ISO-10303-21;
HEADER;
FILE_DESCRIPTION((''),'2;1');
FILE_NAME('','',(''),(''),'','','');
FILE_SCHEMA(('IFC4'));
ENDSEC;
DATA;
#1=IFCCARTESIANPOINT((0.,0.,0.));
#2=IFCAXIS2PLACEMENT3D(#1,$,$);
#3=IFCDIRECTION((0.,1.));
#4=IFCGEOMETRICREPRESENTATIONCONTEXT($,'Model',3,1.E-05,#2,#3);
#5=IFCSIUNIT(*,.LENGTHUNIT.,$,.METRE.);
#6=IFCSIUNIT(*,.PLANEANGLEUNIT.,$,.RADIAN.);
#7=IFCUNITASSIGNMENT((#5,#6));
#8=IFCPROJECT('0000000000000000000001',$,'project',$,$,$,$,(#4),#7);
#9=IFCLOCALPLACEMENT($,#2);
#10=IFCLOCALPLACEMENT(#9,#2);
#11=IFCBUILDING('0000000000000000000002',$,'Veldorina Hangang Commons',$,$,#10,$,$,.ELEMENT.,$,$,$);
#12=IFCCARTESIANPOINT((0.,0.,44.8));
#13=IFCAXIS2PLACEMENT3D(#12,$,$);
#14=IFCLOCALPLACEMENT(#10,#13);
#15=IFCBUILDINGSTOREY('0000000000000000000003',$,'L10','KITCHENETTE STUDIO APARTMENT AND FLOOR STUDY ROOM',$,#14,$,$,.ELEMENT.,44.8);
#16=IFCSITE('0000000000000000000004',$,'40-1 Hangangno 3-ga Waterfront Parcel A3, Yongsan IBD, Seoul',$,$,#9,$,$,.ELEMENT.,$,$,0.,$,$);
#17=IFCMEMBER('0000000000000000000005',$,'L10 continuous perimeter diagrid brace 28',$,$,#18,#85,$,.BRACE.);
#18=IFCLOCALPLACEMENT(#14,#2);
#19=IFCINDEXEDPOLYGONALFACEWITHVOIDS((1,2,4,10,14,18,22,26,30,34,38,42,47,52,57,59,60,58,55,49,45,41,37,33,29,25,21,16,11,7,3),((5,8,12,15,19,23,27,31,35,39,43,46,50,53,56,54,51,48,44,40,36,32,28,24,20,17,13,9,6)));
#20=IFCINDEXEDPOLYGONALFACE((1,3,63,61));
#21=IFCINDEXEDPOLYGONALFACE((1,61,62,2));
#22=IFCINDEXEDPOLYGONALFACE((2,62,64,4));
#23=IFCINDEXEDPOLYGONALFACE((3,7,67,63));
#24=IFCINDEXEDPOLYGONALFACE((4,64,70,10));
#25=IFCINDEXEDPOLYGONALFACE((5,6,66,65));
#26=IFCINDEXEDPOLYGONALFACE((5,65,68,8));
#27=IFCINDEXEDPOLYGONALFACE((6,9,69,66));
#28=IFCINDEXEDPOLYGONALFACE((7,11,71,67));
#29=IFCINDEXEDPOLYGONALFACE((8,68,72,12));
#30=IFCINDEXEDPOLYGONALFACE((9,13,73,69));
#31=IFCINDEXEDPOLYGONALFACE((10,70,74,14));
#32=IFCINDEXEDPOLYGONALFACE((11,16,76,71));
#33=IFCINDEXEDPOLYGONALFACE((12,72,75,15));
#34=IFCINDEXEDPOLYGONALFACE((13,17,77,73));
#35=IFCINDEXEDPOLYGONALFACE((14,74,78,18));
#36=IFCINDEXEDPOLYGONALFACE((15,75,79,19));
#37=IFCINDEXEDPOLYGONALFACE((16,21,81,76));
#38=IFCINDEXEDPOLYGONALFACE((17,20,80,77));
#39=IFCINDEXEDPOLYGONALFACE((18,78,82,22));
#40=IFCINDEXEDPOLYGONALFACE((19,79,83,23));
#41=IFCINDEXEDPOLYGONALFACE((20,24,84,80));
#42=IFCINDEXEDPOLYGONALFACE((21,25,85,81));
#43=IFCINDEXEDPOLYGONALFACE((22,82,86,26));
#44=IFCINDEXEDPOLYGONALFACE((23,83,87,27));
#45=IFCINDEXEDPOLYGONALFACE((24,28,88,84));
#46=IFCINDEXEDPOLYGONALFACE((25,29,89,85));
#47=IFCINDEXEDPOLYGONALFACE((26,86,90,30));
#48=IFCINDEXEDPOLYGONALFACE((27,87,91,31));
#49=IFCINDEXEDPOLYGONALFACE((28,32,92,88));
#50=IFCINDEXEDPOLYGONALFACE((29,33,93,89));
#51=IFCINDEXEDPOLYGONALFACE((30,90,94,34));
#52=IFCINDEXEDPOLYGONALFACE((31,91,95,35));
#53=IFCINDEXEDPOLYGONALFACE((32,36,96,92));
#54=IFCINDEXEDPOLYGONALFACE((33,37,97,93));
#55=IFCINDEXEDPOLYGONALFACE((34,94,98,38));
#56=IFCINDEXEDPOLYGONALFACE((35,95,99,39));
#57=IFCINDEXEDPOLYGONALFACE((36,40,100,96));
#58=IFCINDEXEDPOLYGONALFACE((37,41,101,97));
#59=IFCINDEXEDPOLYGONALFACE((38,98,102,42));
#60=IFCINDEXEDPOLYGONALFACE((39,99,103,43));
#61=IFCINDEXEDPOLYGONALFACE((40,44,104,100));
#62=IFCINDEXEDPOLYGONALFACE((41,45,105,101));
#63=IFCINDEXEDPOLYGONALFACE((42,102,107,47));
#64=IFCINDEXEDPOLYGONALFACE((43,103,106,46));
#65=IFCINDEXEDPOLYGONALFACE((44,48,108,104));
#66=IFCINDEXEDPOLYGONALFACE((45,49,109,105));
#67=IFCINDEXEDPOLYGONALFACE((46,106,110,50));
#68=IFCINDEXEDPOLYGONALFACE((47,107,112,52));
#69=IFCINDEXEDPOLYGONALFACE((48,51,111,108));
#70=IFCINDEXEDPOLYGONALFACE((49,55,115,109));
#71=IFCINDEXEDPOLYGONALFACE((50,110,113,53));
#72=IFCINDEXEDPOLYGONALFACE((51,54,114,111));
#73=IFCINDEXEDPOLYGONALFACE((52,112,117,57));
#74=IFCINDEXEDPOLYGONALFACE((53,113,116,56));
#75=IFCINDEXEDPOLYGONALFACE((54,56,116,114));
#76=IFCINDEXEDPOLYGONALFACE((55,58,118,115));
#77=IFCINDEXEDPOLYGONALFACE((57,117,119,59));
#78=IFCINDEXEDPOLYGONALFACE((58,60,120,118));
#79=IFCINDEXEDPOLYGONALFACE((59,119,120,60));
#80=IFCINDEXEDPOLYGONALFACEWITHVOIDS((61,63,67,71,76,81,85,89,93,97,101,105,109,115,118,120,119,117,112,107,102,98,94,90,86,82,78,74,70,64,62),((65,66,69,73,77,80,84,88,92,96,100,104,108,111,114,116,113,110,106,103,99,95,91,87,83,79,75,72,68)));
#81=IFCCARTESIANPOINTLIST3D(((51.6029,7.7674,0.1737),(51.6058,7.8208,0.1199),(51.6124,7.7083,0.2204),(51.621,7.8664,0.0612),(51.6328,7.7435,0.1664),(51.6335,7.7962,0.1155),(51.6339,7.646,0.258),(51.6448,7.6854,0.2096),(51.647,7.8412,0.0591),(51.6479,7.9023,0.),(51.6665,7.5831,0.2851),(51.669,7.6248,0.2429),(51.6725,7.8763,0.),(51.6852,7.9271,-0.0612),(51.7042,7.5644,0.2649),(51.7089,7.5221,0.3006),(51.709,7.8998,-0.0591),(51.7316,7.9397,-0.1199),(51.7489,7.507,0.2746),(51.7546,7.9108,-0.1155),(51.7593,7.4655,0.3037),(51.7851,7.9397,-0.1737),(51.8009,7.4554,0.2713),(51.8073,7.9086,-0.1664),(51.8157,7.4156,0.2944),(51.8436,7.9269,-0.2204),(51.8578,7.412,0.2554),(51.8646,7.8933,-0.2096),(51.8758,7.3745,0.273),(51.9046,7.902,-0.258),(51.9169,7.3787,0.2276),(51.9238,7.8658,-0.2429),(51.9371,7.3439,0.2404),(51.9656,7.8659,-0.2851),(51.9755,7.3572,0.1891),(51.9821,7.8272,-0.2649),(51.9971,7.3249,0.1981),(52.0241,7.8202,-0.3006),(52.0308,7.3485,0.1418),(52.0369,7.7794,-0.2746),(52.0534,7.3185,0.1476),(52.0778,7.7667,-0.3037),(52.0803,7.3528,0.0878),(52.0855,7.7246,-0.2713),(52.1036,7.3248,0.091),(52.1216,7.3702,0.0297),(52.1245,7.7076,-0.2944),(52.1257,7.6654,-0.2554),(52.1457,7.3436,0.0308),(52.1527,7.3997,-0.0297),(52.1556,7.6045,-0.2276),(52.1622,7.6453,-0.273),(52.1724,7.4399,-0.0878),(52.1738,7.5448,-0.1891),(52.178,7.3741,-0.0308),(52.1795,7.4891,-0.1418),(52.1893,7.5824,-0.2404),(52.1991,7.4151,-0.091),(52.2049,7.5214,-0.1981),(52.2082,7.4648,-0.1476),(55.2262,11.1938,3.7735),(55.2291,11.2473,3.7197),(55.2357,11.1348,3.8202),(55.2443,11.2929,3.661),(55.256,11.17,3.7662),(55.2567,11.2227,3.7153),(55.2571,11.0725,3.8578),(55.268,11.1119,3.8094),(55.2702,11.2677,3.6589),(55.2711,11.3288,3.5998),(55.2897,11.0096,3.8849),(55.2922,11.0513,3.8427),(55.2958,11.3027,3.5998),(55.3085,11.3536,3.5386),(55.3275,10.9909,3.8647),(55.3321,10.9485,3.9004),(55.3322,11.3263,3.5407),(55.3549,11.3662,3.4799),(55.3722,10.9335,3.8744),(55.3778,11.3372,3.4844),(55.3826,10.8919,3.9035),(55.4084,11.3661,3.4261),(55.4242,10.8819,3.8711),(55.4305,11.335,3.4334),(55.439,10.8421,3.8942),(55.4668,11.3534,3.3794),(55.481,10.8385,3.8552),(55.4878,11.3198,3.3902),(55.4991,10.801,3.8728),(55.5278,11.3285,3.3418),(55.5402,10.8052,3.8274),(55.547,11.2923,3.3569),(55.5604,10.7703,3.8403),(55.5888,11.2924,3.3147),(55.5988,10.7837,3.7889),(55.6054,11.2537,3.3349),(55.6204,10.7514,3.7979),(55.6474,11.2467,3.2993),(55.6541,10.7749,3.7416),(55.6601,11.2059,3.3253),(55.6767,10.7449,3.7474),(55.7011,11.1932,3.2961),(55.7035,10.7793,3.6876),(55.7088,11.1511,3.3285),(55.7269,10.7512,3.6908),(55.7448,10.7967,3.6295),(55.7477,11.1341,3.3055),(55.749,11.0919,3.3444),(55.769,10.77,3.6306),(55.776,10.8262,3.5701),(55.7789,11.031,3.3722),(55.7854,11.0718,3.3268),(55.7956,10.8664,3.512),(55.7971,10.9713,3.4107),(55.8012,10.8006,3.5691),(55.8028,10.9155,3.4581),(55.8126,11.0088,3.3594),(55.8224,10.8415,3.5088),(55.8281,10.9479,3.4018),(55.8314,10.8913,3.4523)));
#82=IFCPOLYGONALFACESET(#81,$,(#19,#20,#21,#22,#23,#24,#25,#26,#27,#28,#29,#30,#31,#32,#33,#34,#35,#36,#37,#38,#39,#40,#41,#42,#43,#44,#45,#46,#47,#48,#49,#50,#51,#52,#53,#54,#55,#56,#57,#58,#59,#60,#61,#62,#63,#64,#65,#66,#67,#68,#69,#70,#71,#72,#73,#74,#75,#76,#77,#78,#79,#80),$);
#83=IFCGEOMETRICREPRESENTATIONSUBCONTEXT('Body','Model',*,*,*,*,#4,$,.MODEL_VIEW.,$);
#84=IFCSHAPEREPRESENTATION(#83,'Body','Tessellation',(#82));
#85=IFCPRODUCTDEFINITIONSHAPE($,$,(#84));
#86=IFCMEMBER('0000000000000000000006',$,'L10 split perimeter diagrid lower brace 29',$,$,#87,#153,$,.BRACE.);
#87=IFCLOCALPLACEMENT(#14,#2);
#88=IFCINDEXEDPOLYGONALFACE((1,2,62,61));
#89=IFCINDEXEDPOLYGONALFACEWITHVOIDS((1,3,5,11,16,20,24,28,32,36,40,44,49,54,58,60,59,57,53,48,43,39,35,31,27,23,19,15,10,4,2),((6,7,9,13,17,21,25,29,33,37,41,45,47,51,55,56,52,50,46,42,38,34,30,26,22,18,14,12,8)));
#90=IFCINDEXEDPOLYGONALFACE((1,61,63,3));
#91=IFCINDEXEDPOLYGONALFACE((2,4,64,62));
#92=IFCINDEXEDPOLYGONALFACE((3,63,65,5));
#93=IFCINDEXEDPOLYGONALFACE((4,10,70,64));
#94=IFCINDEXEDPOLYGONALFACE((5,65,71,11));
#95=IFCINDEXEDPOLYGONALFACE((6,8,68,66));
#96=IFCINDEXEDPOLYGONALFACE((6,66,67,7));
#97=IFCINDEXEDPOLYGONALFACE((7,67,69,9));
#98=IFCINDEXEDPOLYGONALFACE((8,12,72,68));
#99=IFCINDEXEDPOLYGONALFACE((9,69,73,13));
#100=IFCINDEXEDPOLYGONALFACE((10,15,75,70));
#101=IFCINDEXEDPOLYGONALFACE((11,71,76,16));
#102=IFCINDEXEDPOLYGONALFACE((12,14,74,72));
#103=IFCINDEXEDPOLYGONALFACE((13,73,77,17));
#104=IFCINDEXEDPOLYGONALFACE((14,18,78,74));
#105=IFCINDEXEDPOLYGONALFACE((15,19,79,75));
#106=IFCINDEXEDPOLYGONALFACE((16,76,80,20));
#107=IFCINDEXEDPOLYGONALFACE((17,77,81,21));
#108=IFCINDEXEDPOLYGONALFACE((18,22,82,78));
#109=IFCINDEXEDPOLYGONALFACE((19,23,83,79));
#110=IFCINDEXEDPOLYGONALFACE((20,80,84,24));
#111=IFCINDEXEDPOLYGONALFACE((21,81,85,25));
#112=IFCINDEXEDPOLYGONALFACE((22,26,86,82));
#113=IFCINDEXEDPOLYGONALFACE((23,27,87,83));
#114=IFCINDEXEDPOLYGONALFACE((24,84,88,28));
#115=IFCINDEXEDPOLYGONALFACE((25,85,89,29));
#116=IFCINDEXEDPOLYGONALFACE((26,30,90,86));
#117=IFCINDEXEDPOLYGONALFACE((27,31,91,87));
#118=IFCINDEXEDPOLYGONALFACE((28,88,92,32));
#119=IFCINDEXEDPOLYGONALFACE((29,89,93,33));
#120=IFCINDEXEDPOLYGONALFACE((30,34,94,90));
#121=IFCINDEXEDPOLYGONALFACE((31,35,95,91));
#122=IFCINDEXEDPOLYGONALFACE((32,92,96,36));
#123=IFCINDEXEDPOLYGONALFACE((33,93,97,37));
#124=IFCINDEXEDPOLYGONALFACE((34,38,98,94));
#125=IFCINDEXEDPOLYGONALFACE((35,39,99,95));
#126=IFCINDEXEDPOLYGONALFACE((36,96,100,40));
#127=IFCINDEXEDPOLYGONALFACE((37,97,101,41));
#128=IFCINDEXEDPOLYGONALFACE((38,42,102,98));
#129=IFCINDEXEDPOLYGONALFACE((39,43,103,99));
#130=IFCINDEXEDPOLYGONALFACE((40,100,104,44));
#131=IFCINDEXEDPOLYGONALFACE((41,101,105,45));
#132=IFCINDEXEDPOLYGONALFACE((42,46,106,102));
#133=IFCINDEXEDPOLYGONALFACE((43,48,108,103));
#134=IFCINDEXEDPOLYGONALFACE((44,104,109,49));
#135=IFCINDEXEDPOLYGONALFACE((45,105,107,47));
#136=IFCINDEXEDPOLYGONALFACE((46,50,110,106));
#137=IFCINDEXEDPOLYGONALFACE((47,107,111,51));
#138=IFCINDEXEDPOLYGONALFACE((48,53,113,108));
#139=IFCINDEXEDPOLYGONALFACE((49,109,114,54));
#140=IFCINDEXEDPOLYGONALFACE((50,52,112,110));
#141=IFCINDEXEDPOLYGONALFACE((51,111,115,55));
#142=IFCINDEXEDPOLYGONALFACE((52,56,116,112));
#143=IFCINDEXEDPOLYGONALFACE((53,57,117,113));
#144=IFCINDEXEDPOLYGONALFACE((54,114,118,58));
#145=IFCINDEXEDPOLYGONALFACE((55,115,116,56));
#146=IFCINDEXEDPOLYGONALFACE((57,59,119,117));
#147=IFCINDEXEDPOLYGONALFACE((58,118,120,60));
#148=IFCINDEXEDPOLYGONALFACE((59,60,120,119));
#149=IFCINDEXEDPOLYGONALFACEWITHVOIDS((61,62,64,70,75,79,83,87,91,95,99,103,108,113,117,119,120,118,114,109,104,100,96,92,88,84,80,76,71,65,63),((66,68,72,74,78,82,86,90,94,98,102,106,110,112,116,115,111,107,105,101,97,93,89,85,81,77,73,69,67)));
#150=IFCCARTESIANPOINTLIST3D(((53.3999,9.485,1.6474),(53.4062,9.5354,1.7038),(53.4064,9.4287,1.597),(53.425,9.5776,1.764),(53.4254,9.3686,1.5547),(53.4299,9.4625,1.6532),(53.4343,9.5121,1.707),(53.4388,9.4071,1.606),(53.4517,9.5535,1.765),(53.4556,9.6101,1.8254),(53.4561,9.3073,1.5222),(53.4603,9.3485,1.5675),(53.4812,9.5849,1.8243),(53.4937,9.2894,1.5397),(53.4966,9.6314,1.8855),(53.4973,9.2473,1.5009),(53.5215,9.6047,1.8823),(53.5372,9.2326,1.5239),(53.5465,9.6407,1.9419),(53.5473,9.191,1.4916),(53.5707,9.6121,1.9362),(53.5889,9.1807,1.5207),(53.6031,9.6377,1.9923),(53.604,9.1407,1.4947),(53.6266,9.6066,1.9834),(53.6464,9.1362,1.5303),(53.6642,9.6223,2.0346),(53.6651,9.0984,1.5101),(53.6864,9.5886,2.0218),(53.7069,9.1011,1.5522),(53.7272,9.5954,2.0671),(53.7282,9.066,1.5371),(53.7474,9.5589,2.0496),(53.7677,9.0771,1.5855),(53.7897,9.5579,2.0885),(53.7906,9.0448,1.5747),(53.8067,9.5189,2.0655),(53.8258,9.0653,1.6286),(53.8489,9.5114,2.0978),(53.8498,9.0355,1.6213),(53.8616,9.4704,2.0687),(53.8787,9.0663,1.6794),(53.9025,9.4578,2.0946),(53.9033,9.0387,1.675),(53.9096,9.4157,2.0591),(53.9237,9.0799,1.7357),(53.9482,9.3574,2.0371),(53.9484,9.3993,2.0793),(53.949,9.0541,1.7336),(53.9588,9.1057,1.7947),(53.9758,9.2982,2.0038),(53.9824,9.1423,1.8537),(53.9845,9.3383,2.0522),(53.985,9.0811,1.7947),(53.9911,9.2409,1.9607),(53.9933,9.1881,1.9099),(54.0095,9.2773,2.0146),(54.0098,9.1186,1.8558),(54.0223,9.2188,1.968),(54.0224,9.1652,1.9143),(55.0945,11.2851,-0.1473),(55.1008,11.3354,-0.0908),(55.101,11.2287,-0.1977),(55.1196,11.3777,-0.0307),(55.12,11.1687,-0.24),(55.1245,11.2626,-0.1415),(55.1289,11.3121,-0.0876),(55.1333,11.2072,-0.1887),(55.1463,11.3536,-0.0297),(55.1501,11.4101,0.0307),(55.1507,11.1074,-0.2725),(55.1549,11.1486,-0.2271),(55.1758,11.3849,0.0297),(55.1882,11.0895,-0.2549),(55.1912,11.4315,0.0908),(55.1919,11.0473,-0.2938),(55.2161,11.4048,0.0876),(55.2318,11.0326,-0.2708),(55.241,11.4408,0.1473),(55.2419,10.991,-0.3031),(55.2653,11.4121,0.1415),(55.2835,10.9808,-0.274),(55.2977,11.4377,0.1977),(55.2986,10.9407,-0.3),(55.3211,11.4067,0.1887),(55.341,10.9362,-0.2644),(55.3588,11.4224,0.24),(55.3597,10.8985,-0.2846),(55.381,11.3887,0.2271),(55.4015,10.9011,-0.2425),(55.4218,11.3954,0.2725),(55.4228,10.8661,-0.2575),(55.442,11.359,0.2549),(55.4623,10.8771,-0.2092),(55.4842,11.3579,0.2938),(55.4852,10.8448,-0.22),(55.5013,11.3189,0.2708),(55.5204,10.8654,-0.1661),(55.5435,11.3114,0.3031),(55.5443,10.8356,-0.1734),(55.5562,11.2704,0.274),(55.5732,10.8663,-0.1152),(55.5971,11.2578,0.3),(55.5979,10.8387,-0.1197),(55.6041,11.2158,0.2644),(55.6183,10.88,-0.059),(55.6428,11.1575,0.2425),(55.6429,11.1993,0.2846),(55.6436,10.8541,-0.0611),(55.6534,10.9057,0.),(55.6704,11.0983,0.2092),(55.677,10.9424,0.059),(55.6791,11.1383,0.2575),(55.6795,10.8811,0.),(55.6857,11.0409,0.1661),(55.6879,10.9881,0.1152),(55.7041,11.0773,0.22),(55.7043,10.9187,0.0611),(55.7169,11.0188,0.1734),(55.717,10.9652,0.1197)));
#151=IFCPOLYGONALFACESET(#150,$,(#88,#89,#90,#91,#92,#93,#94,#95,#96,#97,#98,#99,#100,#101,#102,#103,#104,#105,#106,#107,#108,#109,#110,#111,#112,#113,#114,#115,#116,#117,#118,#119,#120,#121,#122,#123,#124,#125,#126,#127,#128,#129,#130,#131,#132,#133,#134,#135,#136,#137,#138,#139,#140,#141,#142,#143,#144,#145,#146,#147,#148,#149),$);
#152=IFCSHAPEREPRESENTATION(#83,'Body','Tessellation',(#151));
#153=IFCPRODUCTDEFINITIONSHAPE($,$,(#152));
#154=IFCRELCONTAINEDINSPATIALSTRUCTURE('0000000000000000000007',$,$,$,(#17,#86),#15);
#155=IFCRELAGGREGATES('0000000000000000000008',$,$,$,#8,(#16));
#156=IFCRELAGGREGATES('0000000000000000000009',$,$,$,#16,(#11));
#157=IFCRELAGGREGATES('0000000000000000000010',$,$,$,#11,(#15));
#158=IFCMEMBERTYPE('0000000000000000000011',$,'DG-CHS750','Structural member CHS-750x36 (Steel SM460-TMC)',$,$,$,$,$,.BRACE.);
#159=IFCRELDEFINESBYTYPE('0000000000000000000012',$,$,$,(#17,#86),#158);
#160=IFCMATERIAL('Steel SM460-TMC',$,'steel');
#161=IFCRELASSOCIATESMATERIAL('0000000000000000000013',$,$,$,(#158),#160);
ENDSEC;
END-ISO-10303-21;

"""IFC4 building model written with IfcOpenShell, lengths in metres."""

from ifc_helpers import new_model, si_unit, direction, frame, origin, origin_2d, place, context, subcontext, project, spatial, hollow_circle, extrude, material, material_profile, profile_set, type_object, element, save


model = new_model("IFC4")

# Units and contexts
model_context = context("Model", 3, precision=1e-05, world=origin(), true_north=direction((0.0, 1.0)))
body_context = subcontext(model_context, "Body", "Model", "MODEL_VIEW")
ifc_project = project(units=[si_unit("LENGTHUNIT", "METRE"), si_unit("PLANEANGLEUNIT", "RADIAN")], contexts=[model_context])

# Site, building, storey
site_placement = place(None, origin())
site = spatial("IfcSite", under=ifc_project, at=site_placement, Name="40-1 Hangangno 3-ga Waterfront Parcel A3, Yongsan IBD, Seoul", CompositionType="ELEMENT", RefElevation=0.0)
building_placement = place(site_placement, origin())
building = spatial("IfcBuilding", under=site, at=building_placement, Name="Veldorina Hangang Commons", CompositionType="ELEMENT")
storey_placement = place(building_placement, frame((0.0, 0.0, 44.8)))
storey = spatial("IfcBuildingStorey", under=building, at=storey_placement, Name="L10", Description="KITCHENETTE STUDIO APARTMENT AND FLOOR STUDY ROOM", CompositionType="ELEMENT", Elevation=44.8)

# Shared definitions
ifc_material_1 = material(Name="Steel SM460-TMC", Category="steel")

# Members
ifc_material_profile_1 = material_profile(ifc_material_1, hollow_circle(Radius=0.375, WallThickness=0.0359, at=origin_2d()), Name="CHS-750x36")
ifc_profile_set_1 = profile_set([ifc_material_profile_1], Name="Steel SM460-TMC")
member_type_1 = type_object("IfcMemberType", Name="DG-CHS750", Description="Structural member CHS-750x36 (Steel SM460-TMC)", PredefinedType="BRACE", material=ifc_profile_set_1)
member_1_placement = place(storey_placement, frame((51.9055, 7.6299, 0.0), z_axis=(0.589109, 0.557115, 0.585298), x_axis=(-0.687102, 0.726561, 0.0)))
element("IfcMember", 1, at=member_1_placement, inside=storey, type_object=member_type_1, Name="L10 continuous perimeter diagrid brace 28", PredefinedType="BRACE", context=body_context, shape_type="SweptSolid", body=[
    extrude(hollow_circle(Radius=0.375, WallThickness=0.0359, at=origin_2d()), origin(), (0.0, 0.0, 1.0), 6.1504),
])
member_2_placement = place(storey_placement, frame((55.4065, 11.1382, 0.0), z_axis=(-0.554702, -0.589226, 0.587468), x_axis=(0.728116, -0.685454, 0.0)))
element("IfcMember", 2, at=member_2_placement, inside=storey, type_object=member_type_1, Name="L10 split perimeter diagrid lower brace 29", PredefinedType="BRACE", context=body_context, shape_type="SweptSolid", body=[
    extrude(hollow_circle(Radius=0.375, WallThickness=0.0359, at=origin_2d()), origin(), (0.0, 0.0, 1.0), 3.0549),
])

save(model, "model.ifc")
